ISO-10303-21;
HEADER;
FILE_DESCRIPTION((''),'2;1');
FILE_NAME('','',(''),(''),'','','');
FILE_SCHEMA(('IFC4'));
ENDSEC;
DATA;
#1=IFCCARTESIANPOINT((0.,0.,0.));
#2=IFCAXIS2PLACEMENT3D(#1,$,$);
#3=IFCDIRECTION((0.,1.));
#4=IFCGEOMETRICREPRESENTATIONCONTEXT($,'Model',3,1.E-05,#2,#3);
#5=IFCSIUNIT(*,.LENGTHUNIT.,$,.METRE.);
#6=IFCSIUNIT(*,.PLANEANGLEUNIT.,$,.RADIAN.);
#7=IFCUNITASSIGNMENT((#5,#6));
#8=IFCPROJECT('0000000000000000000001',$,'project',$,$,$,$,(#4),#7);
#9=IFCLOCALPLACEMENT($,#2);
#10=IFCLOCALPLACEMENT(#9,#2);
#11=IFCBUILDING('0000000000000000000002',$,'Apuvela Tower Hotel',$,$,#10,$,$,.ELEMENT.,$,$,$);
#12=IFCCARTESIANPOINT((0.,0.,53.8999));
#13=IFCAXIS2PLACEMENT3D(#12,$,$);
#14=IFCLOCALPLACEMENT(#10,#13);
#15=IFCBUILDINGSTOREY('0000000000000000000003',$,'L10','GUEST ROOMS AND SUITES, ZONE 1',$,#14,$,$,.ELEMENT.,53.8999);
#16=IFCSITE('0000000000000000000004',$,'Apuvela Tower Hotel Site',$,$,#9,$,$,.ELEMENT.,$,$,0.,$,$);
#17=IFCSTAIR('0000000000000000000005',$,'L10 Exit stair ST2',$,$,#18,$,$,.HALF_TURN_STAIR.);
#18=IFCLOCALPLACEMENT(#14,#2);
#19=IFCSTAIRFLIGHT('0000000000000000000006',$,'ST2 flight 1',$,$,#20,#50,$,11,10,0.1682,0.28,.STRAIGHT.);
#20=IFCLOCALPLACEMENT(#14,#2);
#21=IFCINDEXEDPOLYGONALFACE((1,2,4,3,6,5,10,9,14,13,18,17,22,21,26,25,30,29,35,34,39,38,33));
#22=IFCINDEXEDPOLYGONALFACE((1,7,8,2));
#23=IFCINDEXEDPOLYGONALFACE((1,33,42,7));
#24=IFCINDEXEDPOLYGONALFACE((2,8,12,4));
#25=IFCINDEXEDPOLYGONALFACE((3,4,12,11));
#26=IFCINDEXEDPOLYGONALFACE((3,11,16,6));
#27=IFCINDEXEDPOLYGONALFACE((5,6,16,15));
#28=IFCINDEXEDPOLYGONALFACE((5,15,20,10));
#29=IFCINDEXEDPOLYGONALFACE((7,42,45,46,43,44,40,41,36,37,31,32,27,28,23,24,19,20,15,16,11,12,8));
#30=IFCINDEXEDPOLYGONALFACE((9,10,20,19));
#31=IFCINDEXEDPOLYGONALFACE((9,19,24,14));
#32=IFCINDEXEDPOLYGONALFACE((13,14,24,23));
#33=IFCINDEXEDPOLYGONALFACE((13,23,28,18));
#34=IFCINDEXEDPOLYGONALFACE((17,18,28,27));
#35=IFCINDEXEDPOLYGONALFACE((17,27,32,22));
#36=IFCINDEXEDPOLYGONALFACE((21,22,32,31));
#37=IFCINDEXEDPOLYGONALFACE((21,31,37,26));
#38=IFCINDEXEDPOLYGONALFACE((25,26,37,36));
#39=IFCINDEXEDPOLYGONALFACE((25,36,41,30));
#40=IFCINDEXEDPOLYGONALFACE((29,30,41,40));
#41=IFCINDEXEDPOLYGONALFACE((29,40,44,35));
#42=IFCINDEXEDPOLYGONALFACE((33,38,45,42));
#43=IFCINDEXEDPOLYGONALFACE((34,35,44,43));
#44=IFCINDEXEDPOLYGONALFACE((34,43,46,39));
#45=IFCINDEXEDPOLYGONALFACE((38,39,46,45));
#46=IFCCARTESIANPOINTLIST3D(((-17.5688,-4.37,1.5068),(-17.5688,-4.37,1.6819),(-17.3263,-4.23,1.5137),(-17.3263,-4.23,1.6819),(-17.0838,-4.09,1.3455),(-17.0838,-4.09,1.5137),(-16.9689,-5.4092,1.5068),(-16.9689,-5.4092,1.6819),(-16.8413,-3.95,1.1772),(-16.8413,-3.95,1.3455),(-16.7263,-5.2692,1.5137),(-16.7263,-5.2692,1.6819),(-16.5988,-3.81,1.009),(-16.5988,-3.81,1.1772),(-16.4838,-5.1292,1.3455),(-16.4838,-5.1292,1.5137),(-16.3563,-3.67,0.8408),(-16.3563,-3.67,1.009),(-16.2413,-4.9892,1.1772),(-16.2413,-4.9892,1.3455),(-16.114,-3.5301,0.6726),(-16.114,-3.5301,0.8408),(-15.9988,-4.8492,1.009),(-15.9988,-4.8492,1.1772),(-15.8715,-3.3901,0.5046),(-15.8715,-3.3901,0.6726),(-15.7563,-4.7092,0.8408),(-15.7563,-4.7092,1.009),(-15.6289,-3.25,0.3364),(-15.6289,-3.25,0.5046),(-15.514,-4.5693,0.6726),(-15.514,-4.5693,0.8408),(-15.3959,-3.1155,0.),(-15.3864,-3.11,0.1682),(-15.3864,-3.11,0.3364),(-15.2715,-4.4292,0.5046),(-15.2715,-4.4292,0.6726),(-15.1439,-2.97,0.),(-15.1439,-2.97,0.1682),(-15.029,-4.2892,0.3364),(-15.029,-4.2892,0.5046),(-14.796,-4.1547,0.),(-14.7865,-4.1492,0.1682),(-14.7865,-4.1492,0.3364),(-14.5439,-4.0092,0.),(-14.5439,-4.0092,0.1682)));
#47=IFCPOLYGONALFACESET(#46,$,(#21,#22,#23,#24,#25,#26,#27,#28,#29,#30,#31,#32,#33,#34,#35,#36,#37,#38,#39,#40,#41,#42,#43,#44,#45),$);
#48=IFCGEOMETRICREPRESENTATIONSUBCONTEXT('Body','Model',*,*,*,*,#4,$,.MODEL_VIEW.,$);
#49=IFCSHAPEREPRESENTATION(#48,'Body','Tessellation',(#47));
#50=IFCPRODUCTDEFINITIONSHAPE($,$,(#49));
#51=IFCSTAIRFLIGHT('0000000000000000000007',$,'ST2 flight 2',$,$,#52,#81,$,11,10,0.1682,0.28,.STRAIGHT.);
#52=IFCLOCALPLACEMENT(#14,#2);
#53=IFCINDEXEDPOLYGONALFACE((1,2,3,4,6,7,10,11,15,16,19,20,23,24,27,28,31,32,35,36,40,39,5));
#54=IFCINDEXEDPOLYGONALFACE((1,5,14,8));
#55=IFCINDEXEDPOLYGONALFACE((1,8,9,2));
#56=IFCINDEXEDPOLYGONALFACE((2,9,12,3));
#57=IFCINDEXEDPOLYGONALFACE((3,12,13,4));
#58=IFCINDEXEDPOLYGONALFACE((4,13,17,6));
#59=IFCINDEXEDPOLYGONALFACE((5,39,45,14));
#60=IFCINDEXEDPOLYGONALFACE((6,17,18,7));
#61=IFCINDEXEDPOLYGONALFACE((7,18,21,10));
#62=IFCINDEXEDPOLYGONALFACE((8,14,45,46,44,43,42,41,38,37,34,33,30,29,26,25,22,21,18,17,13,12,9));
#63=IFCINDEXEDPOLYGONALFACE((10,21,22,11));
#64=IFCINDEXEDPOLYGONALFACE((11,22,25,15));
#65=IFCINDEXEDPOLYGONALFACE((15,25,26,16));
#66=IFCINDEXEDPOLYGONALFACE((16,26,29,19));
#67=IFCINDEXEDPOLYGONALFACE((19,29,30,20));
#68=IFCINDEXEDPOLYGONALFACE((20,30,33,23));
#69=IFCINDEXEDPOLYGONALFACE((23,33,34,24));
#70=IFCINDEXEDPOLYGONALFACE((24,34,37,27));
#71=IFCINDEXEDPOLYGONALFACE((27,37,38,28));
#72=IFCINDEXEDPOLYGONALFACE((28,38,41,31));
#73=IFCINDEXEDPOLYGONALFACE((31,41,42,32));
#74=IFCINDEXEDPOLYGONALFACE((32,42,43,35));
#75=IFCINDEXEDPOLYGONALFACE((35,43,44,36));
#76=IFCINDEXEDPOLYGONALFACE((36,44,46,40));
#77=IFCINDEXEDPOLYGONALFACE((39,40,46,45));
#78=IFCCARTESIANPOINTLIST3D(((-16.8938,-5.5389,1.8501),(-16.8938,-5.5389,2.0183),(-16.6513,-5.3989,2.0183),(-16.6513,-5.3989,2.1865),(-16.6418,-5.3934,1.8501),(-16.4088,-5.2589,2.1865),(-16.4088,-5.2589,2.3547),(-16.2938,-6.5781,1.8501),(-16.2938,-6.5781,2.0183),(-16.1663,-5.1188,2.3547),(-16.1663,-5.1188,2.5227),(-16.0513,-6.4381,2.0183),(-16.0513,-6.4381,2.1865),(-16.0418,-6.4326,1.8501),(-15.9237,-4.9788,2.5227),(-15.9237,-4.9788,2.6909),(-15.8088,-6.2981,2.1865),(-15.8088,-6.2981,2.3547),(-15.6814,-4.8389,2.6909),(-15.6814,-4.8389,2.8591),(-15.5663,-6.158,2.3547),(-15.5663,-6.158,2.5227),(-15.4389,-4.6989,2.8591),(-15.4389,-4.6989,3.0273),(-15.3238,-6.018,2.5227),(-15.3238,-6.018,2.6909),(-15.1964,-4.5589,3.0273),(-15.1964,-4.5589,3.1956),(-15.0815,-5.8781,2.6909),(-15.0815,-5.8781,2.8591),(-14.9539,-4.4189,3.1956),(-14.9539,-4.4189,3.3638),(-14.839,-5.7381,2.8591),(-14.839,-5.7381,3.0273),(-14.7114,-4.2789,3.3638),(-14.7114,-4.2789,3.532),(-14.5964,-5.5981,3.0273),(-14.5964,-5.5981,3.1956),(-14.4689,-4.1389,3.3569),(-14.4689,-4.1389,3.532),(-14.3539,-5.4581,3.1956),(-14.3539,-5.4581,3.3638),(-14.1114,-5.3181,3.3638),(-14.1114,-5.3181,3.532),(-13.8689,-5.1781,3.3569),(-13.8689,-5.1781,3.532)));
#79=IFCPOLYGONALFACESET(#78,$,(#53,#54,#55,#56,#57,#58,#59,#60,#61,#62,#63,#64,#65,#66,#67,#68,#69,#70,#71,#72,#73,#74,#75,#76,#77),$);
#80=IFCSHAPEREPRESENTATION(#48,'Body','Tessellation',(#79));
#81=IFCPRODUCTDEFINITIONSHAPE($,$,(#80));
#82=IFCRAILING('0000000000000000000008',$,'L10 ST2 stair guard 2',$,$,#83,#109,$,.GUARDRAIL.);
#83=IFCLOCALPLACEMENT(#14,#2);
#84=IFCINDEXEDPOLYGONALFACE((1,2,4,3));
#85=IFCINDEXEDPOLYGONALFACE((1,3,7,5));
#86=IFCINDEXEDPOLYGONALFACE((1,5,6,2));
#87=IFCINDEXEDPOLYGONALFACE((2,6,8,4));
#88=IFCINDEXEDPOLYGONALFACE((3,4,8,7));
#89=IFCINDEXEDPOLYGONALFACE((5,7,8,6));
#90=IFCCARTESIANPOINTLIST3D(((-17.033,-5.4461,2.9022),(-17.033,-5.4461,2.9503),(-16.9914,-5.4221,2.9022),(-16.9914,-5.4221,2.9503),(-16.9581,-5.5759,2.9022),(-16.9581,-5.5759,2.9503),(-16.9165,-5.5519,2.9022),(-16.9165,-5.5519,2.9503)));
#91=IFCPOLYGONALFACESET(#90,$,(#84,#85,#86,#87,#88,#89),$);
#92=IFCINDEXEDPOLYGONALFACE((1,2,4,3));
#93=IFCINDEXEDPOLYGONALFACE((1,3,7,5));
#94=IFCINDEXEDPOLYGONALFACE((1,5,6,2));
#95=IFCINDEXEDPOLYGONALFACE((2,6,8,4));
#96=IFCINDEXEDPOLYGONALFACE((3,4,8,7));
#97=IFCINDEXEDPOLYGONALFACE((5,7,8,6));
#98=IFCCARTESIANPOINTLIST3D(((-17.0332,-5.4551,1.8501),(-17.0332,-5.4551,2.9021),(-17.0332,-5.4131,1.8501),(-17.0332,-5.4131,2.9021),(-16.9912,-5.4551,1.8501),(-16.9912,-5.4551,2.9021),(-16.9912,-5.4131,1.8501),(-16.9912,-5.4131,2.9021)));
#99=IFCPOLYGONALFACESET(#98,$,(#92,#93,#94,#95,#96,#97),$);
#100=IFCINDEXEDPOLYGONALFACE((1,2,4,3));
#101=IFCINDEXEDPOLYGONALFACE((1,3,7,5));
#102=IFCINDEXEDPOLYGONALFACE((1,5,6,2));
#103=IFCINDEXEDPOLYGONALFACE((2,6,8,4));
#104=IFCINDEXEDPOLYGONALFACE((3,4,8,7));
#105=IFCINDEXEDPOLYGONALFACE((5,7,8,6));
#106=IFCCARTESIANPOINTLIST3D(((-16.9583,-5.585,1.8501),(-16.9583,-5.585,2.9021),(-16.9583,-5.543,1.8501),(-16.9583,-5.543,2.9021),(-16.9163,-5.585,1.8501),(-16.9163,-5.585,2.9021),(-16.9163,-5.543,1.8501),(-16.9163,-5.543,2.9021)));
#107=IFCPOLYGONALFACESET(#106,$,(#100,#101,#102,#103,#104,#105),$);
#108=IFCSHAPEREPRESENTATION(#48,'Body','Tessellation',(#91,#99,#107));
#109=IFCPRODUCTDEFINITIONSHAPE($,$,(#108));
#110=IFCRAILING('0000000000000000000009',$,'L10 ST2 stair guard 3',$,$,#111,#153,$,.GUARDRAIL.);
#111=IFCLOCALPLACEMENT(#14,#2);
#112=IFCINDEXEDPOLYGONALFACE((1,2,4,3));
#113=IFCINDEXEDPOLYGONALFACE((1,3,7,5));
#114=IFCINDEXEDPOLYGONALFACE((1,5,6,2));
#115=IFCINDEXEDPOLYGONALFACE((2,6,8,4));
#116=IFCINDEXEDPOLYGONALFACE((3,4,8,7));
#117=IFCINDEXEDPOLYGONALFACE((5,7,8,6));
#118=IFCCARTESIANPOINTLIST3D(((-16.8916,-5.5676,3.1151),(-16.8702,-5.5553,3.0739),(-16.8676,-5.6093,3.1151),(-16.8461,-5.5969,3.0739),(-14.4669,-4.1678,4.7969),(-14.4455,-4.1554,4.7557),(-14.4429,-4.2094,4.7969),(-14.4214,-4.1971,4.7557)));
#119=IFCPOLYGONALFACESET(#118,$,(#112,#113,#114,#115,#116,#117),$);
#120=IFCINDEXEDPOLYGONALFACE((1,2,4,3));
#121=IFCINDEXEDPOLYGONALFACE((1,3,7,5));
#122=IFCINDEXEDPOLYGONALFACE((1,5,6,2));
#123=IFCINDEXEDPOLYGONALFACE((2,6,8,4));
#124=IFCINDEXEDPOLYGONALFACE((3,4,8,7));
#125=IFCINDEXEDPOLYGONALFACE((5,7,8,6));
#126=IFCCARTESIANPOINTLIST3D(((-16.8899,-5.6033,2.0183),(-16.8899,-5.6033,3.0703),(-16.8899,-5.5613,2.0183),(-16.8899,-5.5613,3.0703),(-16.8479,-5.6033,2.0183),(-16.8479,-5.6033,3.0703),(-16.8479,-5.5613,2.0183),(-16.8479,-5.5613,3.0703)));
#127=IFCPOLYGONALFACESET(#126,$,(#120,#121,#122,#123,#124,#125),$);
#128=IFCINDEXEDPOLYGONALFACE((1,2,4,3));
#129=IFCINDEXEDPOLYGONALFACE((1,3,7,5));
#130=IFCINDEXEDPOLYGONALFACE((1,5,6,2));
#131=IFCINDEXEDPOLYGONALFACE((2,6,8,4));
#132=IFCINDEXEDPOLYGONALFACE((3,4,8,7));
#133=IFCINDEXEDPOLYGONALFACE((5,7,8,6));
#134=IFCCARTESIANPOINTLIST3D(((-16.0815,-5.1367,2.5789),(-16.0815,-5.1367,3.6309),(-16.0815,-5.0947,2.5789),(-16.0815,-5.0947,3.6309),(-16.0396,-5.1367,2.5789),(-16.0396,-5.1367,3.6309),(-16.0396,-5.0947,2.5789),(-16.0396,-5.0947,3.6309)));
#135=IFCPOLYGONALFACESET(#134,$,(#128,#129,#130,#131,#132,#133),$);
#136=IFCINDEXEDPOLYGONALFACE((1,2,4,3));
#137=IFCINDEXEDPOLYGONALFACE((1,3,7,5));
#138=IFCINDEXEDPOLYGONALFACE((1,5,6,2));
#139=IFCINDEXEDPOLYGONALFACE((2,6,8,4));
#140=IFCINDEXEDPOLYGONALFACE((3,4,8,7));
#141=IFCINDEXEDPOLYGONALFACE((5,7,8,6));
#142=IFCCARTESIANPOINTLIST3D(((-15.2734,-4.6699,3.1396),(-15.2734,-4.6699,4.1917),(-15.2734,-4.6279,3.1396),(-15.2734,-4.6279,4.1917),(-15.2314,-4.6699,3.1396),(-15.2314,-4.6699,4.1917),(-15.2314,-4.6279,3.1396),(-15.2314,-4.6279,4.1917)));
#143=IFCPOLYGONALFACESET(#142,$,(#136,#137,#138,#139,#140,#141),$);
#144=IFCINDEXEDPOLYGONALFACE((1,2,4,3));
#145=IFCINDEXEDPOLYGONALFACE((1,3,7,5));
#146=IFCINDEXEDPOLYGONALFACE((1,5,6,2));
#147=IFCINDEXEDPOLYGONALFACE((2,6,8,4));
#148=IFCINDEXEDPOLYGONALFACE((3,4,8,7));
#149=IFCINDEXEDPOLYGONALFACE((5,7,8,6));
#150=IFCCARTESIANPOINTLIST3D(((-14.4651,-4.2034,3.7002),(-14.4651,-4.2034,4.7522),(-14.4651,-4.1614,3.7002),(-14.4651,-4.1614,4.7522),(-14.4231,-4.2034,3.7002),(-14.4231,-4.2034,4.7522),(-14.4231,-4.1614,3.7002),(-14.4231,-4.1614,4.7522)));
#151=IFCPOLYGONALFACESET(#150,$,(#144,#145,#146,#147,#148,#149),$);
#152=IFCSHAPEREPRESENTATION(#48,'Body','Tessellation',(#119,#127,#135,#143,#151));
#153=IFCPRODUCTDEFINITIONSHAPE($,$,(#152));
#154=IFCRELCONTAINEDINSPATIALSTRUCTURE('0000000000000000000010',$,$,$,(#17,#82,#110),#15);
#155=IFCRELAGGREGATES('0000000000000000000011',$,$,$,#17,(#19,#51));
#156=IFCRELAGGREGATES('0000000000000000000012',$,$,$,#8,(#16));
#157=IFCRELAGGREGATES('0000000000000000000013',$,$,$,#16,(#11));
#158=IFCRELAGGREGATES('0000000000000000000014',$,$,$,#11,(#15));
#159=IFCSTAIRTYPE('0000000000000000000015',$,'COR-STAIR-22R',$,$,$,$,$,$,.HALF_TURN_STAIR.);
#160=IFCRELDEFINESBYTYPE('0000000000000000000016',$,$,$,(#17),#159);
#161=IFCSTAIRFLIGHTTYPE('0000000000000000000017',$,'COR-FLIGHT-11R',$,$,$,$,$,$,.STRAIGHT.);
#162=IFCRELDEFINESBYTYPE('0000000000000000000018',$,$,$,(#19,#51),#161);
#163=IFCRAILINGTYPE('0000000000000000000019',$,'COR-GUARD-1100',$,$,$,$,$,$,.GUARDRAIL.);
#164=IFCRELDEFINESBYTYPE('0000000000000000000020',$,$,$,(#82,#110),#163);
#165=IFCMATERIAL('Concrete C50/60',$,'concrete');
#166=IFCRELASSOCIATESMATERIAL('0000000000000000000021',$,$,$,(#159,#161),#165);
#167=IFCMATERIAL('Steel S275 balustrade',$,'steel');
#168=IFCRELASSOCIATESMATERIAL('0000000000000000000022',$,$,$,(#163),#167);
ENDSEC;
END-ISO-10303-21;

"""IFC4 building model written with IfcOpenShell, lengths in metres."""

from ifc_helpers import new_model, si_unit, direction, frame, origin, origin_2d, place, context, subcontext, project, spatial, polyline, rectangle, outline, extrude, material, type_object, element, aggregate, save


model = new_model("IFC4")

# Units and contexts
model_context = context("Model", 3, precision=1e-05, world=origin(), true_north=direction((0.0, 1.0)))
body_context = subcontext(model_context, "Body", "Model", "MODEL_VIEW")
ifc_project = project(units=[si_unit("LENGTHUNIT", "METRE"), si_unit("PLANEANGLEUNIT", "RADIAN")], contexts=[model_context])

# Site, building, storey
site_placement = place(None, origin())
site = spatial("IfcSite", under=ifc_project, at=site_placement, Name="Apuvela Tower Hotel Site", CompositionType="ELEMENT", RefElevation=0.0)
building_placement = place(site_placement, origin())
building = spatial("IfcBuilding", under=site, at=building_placement, Name="Apuvela Tower Hotel", CompositionType="ELEMENT")
storey_placement = place(building_placement, frame((0.0, 0.0, 53.8999)))
storey = spatial("IfcBuildingStorey", under=building, at=storey_placement, Name="L10", Description="GUEST ROOMS AND SUITES, ZONE 1", CompositionType="ELEMENT", Elevation=53.8999)

# Shared definitions
ifc_material_1 = material(Name="Concrete C50/60", Category="concrete")

# Stair, stair flights
stair_type = type_object("IfcStairType", Name="COR-STAIR-22R", PredefinedType="HALF_TURN_STAIR", material=ifc_material_1)
stair_placement = place(storey_placement, origin())
stair = element("IfcStair", 1, at=stair_placement, inside=storey, type_object=stair_type, Name="L10 Exit stair ST2", PredefinedType="HALF_TURN_STAIR")
stair_flight_type = type_object("IfcStairFlightType", Name="COR-FLIGHT-11R", PredefinedType="STRAIGHT", material=ifc_material_1)
stair_flight_1_placement = place(storey_placement, frame((-14.844, -3.4895, 0.0), z_axis=(0.0, 0.0, 1.0), x_axis=(-0.866025, -0.5, 0.0)))
stair_flight_1 = element("IfcStairFlight", 2, at=stair_flight_1_placement, type_object=stair_flight_type, Name="ST2 flight 1", NumberOfRisers=11, NumberOfTreads=10, PredefinedType="STRAIGHT", RiserHeight=0.1682, TreadLength=0.28, context=body_context, shape_type="SweptSolid", body=[
    extrude(outline(polyline([(0.0, 0.0), (0.0, 0.1682), (0.28, 0.1682), (0.28, 0.3364), (0.5601, 0.3364), (0.5601, 0.5046), (0.8401, 0.5046), (0.8401, 0.6726), (1.1201, 0.6726), (1.1201, 0.8408), (1.3999, 0.8408), (1.3999, 1.009), (1.6799, 1.009), (1.6799, 1.1772), (1.96, 1.1772), (1.96, 1.3455), (2.24, 1.3455), (2.24, 1.5137), (2.52, 1.5137), (2.52, 1.6819), (2.8, 1.6819), (2.8, 1.8501), (2.8, 1.5068), (0.291, 0.0), (0.0, 0.0)])), frame((0.0, 0.6001, 0.0), z_axis=(0.0, -1.0, 0.0), x_axis=(1.0, 0.0, 0.0)), (0.0, 0.0, 1.0), 1.2),
])
stair_flight_2_placement = place(storey_placement, frame((-16.5938, -6.0586, 1.8501), z_axis=(0.0, 0.0, 1.0), x_axis=(0.866025, 0.5, 0.0)))
stair_flight_2 = element("IfcStairFlight", 3, at=stair_flight_2_placement, type_object=stair_flight_type, Name="ST2 flight 2", NumberOfRisers=11, NumberOfTreads=10, PredefinedType="STRAIGHT", RiserHeight=0.1682, TreadLength=0.28, context=body_context, shape_type="SweptSolid", body=[
    extrude(outline(polyline([(0.0, 0.0), (0.0, 0.1682), (0.28, 0.1682), (0.28, 0.3364), (0.5601, 0.3364), (0.5601, 0.5046), (0.8401, 0.5046), (0.8401, 0.6726), (1.1201, 0.6726), (1.1201, 0.8408), (1.3999, 0.8408), (1.3999, 1.009), (1.6799, 1.009), (1.6799, 1.1772), (1.96, 1.1772), (1.96, 1.3455), (2.24, 1.3455), (2.24, 1.5137), (2.52, 1.5137), (2.52, 1.6819), (2.8, 1.6819), (2.8, 1.8501), (2.8, 1.5068), (0.291, 0.0), (0.0, 0.0)])), frame((0.0, 0.6001, 0.0), z_axis=(0.0, -1.0, 0.0), x_axis=(1.0, 0.0, 0.0)), (0.0, 0.0, 1.0), 1.2),
])
aggregate(stair, [stair_flight_1, stair_flight_2])

# Railings
ifc_material_2 = material(Name="Steel S275 balustrade", Category="steel")
railing_type_1 = type_object("IfcRailingType", Name="COR-GUARD-1100", PredefinedType="GUARDRAIL", material=ifc_material_2)
railing_1_placement = place(storey_placement, frame((-17.0122, -5.4341, 1.8501)))
element("IfcRailing", 4, at=railing_1_placement, inside=storey, type_object=railing_type_1, Name="L10 ST2 stair guard 2", PredefinedType="GUARDRAIL", context=body_context, shape_type="SweptSolid", body=[
    extrude(rectangle(XDim=0.0481, YDim=0.0481, at=origin_2d()), frame((0.0, 0.0, 1.0762), z_axis=(0.499816, -0.866131, 0.0), x_axis=(0.866131, 0.499816, 0.0)), (0.0, 0.0, 1.0), 0.1499),
    extrude(rectangle(XDim=0.042, YDim=0.042, at=origin_2d()), origin(), (0.0, 0.0, 1.0), 1.052),
    extrude(rectangle(XDim=0.042, YDim=0.042, at=origin_2d()), frame((0.075, -0.1299, 0.0)), (0.0, 0.0, 1.0), 1.052),
])
railing_2_placement = place(storey_placement, frame((-16.8689, -5.5823, 2.0183)))
element("IfcRailing", 5, at=railing_2_placement, inside=storey, type_object=railing_type_1, Name="L10 ST2 stair guard 3", PredefinedType="GUARDRAIL", context=body_context, shape_type="SweptSolid", body=[
    extrude(rectangle(XDim=0.0481, YDim=0.0481, at=origin_2d()), frame((0.0, 0.0, 1.0762), z_axis=(0.74239, 0.428601, 0.514934), x_axis=(-0.499984, 0.866035, 0.0)), (0.0, 0.0, 1.0), 3.2661),
    extrude(rectangle(XDim=0.042, YDim=0.042, at=origin_2d()), origin(), (0.0, 0.0, 1.0), 1.052),
    extrude(rectangle(XDim=0.042, YDim=0.042, at=origin_2d()), frame((0.8083, 0.4666, 0.5605)), (0.0, 0.0, 1.0), 1.052),
    extrude(rectangle(XDim=0.042, YDim=0.042, at=origin_2d()), frame((1.6165, 0.9333, 1.1213)), (0.0, 0.0, 1.0), 1.052),
    extrude(rectangle(XDim=0.042, YDim=0.042, at=origin_2d()), frame((2.4248, 1.3999, 1.6819)), (0.0, 0.0, 1.0), 1.052),
])

save(model, "model.ifc")
